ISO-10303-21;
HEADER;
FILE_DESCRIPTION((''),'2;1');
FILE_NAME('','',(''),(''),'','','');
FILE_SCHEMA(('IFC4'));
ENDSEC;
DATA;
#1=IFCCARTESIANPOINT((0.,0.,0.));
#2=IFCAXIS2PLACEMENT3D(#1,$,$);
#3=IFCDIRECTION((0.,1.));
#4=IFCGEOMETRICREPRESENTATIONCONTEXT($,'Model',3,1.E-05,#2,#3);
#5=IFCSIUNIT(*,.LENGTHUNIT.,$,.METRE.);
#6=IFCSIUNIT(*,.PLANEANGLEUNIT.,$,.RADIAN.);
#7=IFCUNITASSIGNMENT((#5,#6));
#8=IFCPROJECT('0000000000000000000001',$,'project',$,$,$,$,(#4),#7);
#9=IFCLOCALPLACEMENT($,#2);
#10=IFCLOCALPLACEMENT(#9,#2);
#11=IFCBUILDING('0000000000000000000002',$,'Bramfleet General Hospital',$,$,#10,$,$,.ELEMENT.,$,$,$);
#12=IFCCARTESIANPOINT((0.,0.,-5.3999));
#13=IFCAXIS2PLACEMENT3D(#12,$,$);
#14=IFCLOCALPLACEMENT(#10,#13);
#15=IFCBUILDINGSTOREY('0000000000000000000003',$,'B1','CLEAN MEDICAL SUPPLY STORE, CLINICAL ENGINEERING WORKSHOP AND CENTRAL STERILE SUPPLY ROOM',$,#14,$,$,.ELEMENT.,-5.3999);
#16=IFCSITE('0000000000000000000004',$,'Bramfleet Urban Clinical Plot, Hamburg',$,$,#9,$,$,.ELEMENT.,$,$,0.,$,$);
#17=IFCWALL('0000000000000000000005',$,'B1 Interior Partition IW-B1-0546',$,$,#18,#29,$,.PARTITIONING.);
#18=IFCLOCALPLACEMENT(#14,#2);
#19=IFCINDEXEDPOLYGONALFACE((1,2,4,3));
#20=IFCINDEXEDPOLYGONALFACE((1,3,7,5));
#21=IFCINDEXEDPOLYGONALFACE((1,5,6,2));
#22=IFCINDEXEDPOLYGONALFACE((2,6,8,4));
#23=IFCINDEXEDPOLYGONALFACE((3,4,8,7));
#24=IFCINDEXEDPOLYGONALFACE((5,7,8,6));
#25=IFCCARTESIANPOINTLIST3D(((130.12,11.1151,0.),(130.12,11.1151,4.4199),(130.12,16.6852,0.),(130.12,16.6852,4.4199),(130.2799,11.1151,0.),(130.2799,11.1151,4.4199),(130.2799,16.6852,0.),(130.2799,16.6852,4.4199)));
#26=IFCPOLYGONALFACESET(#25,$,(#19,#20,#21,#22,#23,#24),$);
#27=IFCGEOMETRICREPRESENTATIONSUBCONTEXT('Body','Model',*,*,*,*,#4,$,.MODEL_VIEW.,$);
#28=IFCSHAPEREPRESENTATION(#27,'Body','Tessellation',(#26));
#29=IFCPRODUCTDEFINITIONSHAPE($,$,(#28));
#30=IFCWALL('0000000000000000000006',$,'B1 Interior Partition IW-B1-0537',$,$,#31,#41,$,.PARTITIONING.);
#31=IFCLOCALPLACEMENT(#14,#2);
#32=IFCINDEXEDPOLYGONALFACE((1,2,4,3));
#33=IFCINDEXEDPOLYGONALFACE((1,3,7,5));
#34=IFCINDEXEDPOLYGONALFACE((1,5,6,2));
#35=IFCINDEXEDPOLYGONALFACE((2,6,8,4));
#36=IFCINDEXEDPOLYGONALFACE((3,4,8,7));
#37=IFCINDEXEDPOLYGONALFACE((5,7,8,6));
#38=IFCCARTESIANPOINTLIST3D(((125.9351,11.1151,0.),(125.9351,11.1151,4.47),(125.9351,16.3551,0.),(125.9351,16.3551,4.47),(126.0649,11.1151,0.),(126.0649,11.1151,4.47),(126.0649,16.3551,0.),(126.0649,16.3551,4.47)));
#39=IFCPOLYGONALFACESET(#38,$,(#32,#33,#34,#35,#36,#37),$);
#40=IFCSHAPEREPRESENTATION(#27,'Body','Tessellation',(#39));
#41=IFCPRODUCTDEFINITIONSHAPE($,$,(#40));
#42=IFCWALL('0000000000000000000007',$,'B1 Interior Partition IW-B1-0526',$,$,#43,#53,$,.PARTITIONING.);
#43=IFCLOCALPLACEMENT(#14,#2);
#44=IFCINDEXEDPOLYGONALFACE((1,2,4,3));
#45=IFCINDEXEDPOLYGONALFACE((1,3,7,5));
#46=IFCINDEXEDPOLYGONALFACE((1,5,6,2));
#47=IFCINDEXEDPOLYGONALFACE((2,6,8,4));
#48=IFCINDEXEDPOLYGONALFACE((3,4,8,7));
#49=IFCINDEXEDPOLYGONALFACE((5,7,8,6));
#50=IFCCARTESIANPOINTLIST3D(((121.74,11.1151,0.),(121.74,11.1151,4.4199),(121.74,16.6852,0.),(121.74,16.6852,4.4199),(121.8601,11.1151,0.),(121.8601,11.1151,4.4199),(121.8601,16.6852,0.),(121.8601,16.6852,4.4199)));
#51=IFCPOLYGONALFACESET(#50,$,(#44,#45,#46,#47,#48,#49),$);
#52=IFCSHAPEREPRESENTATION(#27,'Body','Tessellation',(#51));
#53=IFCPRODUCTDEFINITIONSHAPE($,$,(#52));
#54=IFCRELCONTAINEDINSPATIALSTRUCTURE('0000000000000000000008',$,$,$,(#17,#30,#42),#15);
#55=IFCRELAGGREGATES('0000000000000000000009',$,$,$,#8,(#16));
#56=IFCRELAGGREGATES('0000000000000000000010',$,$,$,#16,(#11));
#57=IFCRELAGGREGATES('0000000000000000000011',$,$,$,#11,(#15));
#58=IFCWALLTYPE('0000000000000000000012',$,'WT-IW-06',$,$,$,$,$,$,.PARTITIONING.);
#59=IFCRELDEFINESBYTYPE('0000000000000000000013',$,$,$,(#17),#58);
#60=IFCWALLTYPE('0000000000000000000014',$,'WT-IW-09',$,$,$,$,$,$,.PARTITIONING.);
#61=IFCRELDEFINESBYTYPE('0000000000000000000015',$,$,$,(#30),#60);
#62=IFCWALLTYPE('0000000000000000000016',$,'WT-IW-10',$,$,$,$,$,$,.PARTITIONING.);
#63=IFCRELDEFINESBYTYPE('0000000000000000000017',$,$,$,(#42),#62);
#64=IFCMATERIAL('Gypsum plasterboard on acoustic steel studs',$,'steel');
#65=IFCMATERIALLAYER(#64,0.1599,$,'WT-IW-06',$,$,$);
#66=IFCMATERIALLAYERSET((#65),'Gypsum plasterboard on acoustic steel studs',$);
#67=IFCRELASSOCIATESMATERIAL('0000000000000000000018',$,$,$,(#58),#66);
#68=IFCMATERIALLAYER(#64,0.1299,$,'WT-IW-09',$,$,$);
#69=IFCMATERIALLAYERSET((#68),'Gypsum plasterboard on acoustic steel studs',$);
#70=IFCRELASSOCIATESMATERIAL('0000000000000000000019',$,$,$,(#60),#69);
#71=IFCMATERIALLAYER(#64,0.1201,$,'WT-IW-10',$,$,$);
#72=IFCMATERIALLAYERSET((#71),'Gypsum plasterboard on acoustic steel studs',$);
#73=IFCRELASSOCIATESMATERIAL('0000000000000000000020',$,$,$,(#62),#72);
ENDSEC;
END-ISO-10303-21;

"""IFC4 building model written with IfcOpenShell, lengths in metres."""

from ifc_helpers import new_model, si_unit, direction, frame, frame_2d, origin, place, context, subcontext, project, spatial, rectangle, extrude, material, layer, layer_set, type_object, element, save


model = new_model("IFC4")

# Units and contexts
model_context = context("Model", 3, precision=1e-05, world=origin(), true_north=direction((0.0, 1.0)))
body_context = subcontext(model_context, "Body", "Model", "MODEL_VIEW")
ifc_project = project(units=[si_unit("LENGTHUNIT", "METRE"), si_unit("PLANEANGLEUNIT", "RADIAN")], contexts=[model_context])

# Site, building, storey
site_placement = place(None, origin())
site = spatial("IfcSite", under=ifc_project, at=site_placement, Name="Bramfleet Urban Clinical Plot, Hamburg", CompositionType="ELEMENT", RefElevation=0.0)
building_placement = place(site_placement, origin())
building = spatial("IfcBuilding", under=site, at=building_placement, Name="Bramfleet General Hospital", CompositionType="ELEMENT")
storey_placement = place(building_placement, frame((0.0, 0.0, -5.3999)))
storey = spatial("IfcBuildingStorey", under=building, at=storey_placement, Name="B1", Description="CLEAN MEDICAL SUPPLY STORE, CLINICAL ENGINEERING WORKSHOP AND CENTRAL STERILE SUPPLY ROOM", CompositionType="ELEMENT", Elevation=-5.3999)

# Walls
ifc_material_1 = material(Name="Gypsum plasterboard on acoustic steel studs", Category="steel")
ifc_layer_1 = layer(ifc_material_1, 0.1599, Name="WT-IW-06")
ifc_layer_set_1 = layer_set([ifc_layer_1], Name="Gypsum plasterboard on acoustic steel studs")
wall_type_1 = type_object("IfcWallType", Name="WT-IW-06", PredefinedType="PARTITIONING", material=ifc_layer_set_1)
wall_1_placement = place(storey_placement, frame((130.2, 11.115, 0.0), z_axis=(0.0, 0.0, 1.0), x_axis=(0.0, 1.0, 0.0)))
element("IfcWall", 1, at=wall_1_placement, inside=storey, type_object=wall_type_1, Name="B1 Interior Partition IW-B1-0546", PredefinedType="PARTITIONING", context=body_context, shape_type="SweptSolid", body=[
    extrude(rectangle(XDim=5.5701, YDim=0.1599, at=frame_2d((2.7852, 0.0))), origin(), (0.0, 0.0, 1.0), 4.4199),
])
ifc_layer_2 = layer(ifc_material_1, 0.1299, Name="WT-IW-09")
ifc_layer_set_2 = layer_set([ifc_layer_2], Name="Gypsum plasterboard on acoustic steel studs")
wall_type_2 = type_object("IfcWallType", Name="WT-IW-09", PredefinedType="PARTITIONING", material=ifc_layer_set_2)
wall_2_placement = place(storey_placement, frame((126.0, 11.115, 0.0), z_axis=(0.0, 0.0, 1.0), x_axis=(0.0, 1.0, 0.0)))
element("IfcWall", 2, at=wall_2_placement, inside=storey, type_object=wall_type_2, Name="B1 Interior Partition IW-B1-0537", PredefinedType="PARTITIONING", context=body_context, shape_type="SweptSolid", body=[
    extrude(rectangle(XDim=5.24, YDim=0.1299, at=frame_2d((2.6201, 0.0))), origin(), (0.0, 0.0, 1.0), 4.47),
])
ifc_layer_3 = layer(ifc_material_1, 0.1201, Name="WT-IW-10")
ifc_layer_set_3 = layer_set([ifc_layer_3], Name="Gypsum plasterboard on acoustic steel studs")
wall_type_3 = type_object("IfcWallType", Name="WT-IW-10", PredefinedType="PARTITIONING", material=ifc_layer_set_3)
wall_3_placement = place(storey_placement, frame((121.8, 11.115, 0.0), z_axis=(0.0, 0.0, 1.0), x_axis=(0.0, 1.0, 0.0)))
element("IfcWall", 3, at=wall_3_placement, inside=storey, type_object=wall_type_3, Name="B1 Interior Partition IW-B1-0526", PredefinedType="PARTITIONING", context=body_context, shape_type="SweptSolid", body=[
    extrude(rectangle(XDim=5.5701, YDim=0.1201, at=frame_2d((2.7852, 0.0))), origin(), (0.0, 0.0, 1.0), 4.4199),
])

save(model, "model.ifc")
